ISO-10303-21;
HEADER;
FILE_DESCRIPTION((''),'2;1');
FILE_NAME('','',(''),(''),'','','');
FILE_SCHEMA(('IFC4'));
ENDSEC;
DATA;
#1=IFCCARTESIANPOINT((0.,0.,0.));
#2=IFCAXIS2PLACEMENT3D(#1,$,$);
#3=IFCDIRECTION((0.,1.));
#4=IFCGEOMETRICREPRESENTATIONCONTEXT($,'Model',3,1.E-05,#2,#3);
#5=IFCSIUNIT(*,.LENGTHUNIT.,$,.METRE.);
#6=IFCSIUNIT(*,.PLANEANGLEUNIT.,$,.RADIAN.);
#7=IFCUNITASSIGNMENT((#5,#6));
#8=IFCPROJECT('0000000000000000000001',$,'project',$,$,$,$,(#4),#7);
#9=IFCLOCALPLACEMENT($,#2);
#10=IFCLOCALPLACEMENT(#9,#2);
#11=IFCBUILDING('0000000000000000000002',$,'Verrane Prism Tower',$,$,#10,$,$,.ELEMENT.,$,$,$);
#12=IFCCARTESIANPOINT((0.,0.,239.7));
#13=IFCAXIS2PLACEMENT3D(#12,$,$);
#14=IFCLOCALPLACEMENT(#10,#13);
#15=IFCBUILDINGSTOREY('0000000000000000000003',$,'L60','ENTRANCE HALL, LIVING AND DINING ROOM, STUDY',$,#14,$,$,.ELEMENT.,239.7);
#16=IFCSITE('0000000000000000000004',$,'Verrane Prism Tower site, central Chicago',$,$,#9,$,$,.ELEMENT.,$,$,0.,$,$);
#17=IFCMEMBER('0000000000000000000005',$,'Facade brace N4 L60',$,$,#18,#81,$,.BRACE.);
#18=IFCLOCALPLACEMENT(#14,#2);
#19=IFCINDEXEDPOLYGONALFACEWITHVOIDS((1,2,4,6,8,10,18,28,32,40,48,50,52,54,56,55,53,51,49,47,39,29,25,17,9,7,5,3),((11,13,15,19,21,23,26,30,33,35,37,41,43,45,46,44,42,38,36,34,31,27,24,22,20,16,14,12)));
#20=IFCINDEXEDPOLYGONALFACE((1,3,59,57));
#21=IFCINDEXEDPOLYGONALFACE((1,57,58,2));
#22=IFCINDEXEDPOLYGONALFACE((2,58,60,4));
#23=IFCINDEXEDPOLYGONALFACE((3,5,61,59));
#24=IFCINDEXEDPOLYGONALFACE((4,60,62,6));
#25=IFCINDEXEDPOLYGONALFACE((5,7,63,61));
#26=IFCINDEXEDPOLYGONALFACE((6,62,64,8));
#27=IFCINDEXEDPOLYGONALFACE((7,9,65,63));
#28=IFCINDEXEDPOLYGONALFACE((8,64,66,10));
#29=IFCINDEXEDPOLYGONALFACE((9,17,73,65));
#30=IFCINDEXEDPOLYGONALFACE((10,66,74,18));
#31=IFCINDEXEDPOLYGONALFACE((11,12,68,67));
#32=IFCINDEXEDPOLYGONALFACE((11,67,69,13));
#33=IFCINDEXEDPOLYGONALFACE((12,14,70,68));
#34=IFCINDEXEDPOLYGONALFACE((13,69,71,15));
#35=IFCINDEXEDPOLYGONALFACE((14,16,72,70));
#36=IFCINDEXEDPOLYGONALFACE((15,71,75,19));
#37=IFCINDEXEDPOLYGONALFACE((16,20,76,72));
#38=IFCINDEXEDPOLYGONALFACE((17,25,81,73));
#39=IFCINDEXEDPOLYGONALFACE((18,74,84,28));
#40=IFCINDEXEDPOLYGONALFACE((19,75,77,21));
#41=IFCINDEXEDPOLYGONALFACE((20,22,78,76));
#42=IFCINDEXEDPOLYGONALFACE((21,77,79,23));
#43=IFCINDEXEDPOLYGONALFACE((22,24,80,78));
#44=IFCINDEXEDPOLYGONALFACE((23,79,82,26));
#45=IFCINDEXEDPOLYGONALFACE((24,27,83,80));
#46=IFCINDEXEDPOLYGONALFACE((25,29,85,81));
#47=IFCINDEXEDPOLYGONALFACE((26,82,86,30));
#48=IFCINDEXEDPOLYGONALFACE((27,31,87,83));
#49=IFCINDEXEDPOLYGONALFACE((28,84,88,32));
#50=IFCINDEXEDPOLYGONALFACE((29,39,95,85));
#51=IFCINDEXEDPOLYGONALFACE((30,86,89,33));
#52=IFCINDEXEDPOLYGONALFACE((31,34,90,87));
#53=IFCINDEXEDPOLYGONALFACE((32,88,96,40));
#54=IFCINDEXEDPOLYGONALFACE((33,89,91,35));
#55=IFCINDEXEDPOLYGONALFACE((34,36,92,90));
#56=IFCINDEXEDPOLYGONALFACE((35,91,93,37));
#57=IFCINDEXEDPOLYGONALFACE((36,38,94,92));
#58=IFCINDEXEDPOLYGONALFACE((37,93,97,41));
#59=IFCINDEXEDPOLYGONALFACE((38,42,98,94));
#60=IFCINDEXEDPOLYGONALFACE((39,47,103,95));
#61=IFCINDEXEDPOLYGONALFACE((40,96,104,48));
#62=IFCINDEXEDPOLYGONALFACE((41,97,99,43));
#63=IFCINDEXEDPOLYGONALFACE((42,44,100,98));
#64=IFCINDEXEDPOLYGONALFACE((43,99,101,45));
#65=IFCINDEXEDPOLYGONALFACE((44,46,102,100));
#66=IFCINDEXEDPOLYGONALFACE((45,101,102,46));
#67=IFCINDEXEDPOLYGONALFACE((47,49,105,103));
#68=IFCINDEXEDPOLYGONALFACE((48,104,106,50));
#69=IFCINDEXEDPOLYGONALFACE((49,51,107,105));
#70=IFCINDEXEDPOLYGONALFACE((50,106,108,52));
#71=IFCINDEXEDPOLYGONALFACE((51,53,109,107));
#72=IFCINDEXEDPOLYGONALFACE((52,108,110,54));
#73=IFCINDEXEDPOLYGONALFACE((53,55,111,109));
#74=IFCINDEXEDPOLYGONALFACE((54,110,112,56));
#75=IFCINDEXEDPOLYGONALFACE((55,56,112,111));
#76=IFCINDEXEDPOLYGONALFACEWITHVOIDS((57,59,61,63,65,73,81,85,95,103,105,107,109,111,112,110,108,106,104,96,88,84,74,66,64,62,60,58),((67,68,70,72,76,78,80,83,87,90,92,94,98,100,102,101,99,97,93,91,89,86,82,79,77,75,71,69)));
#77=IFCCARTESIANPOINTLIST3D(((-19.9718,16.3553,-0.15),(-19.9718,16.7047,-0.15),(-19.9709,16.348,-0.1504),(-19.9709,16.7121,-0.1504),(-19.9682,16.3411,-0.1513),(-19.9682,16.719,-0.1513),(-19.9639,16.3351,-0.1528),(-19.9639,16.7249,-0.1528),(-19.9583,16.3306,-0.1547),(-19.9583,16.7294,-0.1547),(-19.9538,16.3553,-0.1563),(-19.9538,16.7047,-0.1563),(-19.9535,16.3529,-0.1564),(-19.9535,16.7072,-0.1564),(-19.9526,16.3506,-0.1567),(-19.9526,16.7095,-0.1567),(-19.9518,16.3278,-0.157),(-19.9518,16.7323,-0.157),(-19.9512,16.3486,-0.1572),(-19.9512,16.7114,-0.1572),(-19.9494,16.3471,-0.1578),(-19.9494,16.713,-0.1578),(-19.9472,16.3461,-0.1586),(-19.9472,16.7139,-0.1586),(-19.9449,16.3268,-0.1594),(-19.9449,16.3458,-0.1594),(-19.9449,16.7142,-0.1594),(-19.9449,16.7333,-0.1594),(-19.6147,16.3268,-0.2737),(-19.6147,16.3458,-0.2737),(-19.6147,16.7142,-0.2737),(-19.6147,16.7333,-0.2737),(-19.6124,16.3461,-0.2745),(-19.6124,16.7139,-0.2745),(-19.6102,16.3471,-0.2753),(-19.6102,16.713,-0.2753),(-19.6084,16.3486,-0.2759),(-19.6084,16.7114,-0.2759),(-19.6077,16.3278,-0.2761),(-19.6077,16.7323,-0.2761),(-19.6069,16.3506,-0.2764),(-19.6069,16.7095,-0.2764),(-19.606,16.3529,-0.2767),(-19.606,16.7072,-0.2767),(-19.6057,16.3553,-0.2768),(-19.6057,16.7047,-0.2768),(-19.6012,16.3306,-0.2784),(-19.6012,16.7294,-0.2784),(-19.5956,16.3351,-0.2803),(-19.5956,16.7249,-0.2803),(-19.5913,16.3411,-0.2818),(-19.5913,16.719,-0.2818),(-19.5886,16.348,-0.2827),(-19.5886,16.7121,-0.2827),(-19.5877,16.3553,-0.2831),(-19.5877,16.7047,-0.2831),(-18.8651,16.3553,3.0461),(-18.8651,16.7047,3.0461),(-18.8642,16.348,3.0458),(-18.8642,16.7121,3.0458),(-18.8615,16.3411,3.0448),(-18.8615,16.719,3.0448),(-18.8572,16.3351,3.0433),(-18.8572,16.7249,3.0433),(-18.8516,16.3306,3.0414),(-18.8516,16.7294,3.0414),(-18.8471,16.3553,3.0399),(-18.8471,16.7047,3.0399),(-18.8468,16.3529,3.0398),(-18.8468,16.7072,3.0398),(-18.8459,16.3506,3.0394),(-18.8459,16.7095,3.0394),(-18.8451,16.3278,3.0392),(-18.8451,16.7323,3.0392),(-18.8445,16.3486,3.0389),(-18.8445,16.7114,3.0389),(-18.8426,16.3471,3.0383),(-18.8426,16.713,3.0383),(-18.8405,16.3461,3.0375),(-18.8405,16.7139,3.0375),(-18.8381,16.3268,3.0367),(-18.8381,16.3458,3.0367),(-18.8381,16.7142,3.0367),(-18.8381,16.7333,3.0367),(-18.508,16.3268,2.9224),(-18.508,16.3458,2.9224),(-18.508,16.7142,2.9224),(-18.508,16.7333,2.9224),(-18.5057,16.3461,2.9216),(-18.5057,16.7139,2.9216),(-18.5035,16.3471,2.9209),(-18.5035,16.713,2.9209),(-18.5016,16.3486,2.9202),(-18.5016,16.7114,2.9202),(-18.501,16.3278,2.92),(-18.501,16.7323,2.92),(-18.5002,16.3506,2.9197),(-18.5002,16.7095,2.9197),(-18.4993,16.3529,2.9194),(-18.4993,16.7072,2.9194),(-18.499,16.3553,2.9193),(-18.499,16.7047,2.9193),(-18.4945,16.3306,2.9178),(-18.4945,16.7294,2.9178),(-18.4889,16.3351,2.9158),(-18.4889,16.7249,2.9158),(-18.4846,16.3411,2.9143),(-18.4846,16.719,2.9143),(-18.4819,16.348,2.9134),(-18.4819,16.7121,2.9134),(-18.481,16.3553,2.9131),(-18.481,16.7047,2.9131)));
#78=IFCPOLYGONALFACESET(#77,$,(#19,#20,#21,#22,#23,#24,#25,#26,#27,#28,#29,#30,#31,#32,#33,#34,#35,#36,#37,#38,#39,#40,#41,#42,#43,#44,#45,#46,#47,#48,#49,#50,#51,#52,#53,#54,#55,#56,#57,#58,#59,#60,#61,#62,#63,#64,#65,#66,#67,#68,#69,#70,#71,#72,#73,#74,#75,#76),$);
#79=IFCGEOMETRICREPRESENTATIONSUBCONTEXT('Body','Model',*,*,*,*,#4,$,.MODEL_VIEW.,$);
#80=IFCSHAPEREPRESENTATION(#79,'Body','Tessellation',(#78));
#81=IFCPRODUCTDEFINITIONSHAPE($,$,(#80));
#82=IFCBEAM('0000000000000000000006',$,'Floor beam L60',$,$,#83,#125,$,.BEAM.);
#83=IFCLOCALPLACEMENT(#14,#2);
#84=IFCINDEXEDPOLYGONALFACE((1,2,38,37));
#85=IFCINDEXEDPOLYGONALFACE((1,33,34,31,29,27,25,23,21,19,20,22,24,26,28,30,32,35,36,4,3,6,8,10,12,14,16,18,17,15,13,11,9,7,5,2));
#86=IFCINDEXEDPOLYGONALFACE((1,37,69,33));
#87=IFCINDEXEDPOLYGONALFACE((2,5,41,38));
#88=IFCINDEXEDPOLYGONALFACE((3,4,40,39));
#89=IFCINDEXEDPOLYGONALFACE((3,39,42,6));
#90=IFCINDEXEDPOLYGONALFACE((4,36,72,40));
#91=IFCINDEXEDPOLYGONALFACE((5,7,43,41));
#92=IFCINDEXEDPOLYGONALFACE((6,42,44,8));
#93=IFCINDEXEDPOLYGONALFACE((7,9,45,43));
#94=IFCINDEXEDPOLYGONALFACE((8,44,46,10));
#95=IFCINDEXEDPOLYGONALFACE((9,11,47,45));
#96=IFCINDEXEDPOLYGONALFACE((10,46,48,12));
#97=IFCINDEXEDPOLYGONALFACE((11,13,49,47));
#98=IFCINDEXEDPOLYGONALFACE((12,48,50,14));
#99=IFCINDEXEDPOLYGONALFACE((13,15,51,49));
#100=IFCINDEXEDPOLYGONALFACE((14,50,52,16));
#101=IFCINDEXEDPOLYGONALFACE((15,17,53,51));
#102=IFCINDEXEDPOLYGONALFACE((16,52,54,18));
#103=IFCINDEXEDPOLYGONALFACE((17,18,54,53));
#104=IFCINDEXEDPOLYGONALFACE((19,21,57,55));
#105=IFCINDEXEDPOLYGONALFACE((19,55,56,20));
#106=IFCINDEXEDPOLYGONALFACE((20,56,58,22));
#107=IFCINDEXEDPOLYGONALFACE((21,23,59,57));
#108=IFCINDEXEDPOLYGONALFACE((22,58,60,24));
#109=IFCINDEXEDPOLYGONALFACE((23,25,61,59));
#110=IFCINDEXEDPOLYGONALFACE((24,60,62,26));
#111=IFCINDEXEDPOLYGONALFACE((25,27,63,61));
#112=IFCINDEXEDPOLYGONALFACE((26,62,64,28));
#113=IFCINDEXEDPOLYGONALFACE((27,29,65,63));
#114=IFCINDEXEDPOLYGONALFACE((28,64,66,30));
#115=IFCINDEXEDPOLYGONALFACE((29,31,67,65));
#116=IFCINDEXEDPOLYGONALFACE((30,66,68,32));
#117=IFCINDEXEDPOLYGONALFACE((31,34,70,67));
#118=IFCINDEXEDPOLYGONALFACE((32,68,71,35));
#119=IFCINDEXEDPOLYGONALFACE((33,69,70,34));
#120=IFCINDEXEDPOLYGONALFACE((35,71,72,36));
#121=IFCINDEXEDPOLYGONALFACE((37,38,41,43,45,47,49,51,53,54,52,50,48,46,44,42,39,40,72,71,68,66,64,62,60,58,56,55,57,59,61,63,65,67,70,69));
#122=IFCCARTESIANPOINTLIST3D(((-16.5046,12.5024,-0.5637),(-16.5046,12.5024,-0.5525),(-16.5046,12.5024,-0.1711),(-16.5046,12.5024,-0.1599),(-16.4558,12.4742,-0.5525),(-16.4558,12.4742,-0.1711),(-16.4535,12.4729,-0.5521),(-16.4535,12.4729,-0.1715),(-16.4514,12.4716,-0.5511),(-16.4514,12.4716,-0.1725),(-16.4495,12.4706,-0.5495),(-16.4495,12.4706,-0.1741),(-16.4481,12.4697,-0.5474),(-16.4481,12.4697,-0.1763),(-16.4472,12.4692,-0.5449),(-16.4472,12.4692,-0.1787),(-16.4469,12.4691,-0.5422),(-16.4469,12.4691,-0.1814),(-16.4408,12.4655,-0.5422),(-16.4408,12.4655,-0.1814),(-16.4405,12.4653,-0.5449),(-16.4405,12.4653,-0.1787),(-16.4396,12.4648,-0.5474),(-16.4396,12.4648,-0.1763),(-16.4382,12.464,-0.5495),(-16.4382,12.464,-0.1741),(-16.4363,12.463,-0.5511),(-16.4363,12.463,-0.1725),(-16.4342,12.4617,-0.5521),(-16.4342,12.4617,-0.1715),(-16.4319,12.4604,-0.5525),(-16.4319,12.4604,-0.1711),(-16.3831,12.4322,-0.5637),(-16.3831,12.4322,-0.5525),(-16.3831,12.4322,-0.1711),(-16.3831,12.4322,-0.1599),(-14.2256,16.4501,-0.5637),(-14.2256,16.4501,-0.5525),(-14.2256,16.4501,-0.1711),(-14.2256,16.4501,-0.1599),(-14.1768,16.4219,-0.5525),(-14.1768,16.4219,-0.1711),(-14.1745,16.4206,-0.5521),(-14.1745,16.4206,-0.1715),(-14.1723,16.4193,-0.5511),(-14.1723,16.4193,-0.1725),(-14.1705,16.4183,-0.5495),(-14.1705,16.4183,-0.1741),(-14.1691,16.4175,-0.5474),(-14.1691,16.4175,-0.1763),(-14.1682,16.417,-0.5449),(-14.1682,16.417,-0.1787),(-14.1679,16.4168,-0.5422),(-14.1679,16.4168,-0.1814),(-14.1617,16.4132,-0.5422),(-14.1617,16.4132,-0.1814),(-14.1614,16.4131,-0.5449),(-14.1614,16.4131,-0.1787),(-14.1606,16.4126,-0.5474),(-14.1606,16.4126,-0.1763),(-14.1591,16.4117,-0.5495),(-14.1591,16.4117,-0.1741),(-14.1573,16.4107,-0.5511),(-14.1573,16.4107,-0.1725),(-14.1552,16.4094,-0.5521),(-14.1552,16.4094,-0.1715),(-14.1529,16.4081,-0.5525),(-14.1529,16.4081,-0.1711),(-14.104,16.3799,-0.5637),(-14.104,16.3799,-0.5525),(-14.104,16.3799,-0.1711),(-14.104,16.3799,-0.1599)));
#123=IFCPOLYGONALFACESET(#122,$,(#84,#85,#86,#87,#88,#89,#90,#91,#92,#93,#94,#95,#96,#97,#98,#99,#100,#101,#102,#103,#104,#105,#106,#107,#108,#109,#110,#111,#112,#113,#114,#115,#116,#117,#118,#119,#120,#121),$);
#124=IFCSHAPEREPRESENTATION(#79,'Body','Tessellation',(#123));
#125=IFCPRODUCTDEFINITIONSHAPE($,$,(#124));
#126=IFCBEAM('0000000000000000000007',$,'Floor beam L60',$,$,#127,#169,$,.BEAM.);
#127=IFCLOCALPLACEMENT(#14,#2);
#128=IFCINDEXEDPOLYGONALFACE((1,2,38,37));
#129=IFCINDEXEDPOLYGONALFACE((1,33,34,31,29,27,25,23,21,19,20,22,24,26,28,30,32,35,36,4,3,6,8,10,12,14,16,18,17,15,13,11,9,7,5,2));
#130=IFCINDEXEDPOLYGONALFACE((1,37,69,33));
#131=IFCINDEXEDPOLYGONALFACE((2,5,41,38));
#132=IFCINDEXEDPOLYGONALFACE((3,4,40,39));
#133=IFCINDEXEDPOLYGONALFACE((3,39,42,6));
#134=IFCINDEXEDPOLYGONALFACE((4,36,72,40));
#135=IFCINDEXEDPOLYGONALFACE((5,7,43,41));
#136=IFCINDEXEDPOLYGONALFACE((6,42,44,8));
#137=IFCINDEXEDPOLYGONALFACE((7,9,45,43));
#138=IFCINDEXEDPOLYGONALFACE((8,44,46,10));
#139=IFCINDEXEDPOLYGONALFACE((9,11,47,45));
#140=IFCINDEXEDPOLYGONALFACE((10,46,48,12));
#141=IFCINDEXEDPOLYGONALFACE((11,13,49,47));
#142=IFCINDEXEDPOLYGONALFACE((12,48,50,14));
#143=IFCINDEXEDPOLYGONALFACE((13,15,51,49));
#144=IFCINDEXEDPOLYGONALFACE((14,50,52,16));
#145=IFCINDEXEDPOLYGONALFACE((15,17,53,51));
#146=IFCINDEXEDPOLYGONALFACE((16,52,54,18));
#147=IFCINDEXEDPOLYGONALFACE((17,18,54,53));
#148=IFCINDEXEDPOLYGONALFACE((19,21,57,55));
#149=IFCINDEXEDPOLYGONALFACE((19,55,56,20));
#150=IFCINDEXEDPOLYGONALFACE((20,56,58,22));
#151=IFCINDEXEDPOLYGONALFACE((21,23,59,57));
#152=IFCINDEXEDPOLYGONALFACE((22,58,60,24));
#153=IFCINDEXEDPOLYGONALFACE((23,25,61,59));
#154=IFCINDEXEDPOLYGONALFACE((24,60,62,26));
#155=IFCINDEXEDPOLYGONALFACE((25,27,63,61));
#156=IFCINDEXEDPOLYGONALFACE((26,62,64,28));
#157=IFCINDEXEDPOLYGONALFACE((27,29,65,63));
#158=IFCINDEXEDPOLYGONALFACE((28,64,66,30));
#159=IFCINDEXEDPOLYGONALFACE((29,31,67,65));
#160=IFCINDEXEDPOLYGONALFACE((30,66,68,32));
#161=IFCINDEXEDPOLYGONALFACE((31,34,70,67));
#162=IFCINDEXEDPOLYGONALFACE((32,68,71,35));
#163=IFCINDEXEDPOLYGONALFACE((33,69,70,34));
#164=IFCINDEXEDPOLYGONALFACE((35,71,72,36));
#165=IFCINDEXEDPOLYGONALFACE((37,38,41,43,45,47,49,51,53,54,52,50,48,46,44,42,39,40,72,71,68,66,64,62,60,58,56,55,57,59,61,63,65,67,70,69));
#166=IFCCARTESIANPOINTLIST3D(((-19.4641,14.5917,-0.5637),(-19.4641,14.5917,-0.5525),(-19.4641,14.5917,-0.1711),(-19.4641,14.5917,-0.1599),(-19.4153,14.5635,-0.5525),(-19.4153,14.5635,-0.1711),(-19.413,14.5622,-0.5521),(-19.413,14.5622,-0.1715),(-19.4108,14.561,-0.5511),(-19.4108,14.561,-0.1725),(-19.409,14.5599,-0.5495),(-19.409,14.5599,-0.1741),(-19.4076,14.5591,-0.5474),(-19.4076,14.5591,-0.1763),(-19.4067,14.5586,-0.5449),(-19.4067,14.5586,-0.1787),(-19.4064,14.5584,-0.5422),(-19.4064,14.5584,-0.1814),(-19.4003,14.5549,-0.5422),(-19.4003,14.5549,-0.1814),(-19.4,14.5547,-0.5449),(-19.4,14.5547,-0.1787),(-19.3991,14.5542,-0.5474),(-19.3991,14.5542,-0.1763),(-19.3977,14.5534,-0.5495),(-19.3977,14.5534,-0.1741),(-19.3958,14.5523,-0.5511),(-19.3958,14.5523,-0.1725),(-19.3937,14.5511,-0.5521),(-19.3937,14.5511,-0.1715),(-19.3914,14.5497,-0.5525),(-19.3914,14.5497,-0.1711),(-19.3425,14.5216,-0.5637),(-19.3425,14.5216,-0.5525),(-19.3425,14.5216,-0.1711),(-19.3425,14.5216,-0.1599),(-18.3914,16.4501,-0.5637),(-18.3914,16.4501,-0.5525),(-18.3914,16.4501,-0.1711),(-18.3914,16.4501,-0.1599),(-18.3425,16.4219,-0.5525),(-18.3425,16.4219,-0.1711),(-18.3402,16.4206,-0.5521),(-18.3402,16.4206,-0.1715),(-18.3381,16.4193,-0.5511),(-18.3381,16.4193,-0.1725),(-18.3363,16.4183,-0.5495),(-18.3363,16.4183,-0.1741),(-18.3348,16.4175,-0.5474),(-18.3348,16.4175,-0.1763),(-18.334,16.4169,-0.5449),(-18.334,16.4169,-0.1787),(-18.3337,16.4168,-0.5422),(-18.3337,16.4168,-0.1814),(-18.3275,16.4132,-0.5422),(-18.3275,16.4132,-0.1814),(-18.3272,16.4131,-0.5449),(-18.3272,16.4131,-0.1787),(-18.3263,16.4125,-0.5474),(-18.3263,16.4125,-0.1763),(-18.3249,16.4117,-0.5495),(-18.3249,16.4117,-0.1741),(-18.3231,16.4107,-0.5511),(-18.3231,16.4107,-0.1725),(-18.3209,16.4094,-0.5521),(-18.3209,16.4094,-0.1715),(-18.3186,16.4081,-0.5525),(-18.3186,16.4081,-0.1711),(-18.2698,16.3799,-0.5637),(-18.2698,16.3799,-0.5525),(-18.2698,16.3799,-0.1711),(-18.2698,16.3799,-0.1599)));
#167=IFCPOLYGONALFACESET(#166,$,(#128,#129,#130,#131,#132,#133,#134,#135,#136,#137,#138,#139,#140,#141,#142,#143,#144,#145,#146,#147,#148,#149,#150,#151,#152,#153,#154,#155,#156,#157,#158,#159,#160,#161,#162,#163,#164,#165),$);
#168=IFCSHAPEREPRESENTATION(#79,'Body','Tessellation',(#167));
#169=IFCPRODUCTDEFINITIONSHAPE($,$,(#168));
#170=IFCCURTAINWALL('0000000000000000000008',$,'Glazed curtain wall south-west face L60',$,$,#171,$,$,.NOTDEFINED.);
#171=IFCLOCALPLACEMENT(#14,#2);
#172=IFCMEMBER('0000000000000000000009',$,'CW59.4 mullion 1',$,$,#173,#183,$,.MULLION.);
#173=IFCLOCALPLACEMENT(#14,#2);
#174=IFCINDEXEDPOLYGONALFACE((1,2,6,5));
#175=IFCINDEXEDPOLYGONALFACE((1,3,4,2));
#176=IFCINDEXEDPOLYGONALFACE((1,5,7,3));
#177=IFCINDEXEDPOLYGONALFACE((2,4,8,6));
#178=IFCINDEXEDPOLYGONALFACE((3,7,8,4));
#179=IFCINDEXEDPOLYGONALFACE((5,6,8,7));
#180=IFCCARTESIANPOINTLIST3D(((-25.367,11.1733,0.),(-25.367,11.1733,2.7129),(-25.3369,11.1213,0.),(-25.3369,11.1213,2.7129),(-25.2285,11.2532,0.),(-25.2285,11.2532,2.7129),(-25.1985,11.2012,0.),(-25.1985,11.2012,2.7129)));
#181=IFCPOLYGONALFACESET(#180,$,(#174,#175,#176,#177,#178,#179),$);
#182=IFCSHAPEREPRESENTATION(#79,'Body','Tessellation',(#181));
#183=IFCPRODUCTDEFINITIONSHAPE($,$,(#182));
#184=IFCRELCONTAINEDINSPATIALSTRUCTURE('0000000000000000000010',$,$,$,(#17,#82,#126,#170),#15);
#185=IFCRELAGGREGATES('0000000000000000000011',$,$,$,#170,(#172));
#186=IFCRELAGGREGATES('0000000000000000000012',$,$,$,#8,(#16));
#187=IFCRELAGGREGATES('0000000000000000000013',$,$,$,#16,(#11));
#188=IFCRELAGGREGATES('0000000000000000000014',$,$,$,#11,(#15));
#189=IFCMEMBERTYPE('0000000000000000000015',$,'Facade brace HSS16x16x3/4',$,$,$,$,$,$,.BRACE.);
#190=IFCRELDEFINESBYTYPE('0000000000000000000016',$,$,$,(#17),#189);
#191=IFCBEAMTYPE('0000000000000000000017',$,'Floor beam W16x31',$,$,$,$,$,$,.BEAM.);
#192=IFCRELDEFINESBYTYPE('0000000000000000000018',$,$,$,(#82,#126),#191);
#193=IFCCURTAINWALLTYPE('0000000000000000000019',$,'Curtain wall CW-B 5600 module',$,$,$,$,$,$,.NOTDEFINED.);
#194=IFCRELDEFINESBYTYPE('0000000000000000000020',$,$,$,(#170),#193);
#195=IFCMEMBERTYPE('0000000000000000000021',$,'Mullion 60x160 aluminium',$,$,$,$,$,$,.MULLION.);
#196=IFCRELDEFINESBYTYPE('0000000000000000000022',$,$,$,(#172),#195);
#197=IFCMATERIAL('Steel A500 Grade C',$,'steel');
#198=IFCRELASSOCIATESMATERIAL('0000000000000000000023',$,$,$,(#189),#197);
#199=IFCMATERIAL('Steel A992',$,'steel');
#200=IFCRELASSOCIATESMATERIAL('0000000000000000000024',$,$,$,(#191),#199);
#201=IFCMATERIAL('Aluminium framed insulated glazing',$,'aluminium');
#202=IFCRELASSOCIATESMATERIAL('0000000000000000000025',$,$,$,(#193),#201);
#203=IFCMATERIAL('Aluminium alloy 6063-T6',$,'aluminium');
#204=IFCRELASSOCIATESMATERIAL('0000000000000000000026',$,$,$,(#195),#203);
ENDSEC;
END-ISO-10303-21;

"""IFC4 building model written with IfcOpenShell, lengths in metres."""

from ifc_helpers import new_model, si_unit, direction, frame, origin, origin_2d, place, context, subcontext, project, spatial, rectangle, hollow_rectangle, i_section, extrude, material, material_profile, profile_set, type_object, element, aggregate, save


model = new_model("IFC4")

# Units and contexts
model_context = context("Model", 3, precision=1e-05, world=origin(), true_north=direction((0.0, 1.0)))
body_context = subcontext(model_context, "Body", "Model", "MODEL_VIEW")
ifc_project = project(units=[si_unit("LENGTHUNIT", "METRE"), si_unit("PLANEANGLEUNIT", "RADIAN")], contexts=[model_context])

# Site, building, storey
site_placement = place(None, origin())
site = spatial("IfcSite", under=ifc_project, at=site_placement, Name="Verrane Prism Tower site, central Chicago", CompositionType="ELEMENT", RefElevation=0.0)
building_placement = place(site_placement, origin())
building = spatial("IfcBuilding", under=site, at=building_placement, Name="Verrane Prism Tower", CompositionType="ELEMENT")
storey_placement = place(building_placement, frame((0.0, 0.0, 239.7)))
storey = spatial("IfcBuildingStorey", under=building, at=storey_placement, Name="L60", Description="ENTRANCE HALL, LIVING AND DINING ROOM, STUDY", CompositionType="ELEMENT", Elevation=239.7)

# Member
ifc_material_1 = material(Name="Steel A500 Grade C", Category="steel")
ifc_material_profile_1 = material_profile(ifc_material_1, hollow_rectangle(XDim=0.4065, YDim=0.4065, WallThickness=0.019, InnerFilletRadius=0.0095, OuterFilletRadius=0.0286, at=origin_2d()), Name="HSS16x16x3/4")
ifc_profile_set_1 = profile_set([ifc_material_profile_1], Name="Steel A500 Grade C")
member_type_1 = type_object("IfcMemberType", Name="Facade brace HSS16x16x3/4", PredefinedType="BRACE", material=ifc_profile_set_1)
member_1_placement = place(storey_placement, frame((-19.7798, 16.53, -0.2166), z_axis=(0.327207, 0.0, 0.944953), x_axis=(0.0, 1.0, 0.0)))
element("IfcMember", 1, at=member_1_placement, inside=storey, type_object=member_type_1, Name="Facade brace N4 L60", PredefinedType="BRACE", context=body_context, shape_type="SweptSolid", body=[
    extrude(hollow_rectangle(XDim=0.4065, YDim=0.4065, WallThickness=0.019, InnerFilletRadius=0.0095, OuterFilletRadius=0.0286, at=origin_2d()), origin(), (0.0, 0.0, 1.0), 3.3823),
])

# Beams
ifc_material_2 = material(Name="Steel A992", Category="steel")
ifc_material_profile_2 = material_profile(ifc_material_2, i_section(OverallWidth=0.1404, OverallDepth=0.4038, WebThickness=0.0071, FlangeThickness=0.0112, FilletRadius=0.0103, at=origin_2d()), Name="W16x31")
ifc_profile_set_2 = profile_set([ifc_material_profile_2], Name="Steel A992")
beam_type_1 = type_object("IfcBeamType", Name="Floor beam W16x31", PredefinedType="BEAM", material=ifc_profile_set_2)
beam_1_placement = place(storey_placement, frame((-16.4438, 12.4673, -0.3618), z_axis=(0.49997, 0.866043, 0.0), x_axis=(-0.866043, 0.49997, 0.0)))
element("IfcBeam", 2, at=beam_1_placement, inside=storey, type_object=beam_type_1, Name="Floor beam L60", PredefinedType="BEAM", context=body_context, shape_type="SweptSolid", body=[
    extrude(i_section(OverallWidth=0.1404, OverallDepth=0.4038, WebThickness=0.0071, FlangeThickness=0.0112, FilletRadius=0.0103, at=origin_2d()), origin(), (0.0, 0.0, 1.0), 4.5583),
])
beam_2_placement = place(storey_placement, frame((-19.4033, 14.5566, -0.3618), z_axis=(0.499933, 0.866064, 0.0), x_axis=(-0.866064, 0.499933, 0.0)))
element("IfcBeam", 3, at=beam_2_placement, inside=storey, type_object=beam_type_1, Name="Floor beam L60", PredefinedType="BEAM", context=body_context, shape_type="SweptSolid", body=[
    extrude(i_section(OverallWidth=0.1404, OverallDepth=0.4038, WebThickness=0.0071, FlangeThickness=0.0112, FilletRadius=0.0103, at=origin_2d()), origin(), (0.0, 0.0, 1.0), 2.1458),
])

# Curtain wall, member
ifc_material_3 = material(Name="Aluminium framed insulated glazing", Category="aluminium")
curtain_wall_type_1 = type_object("IfcCurtainWallType", Name="Curtain wall CW-B 5600 module", PredefinedType="NOTDEFINED", material=ifc_material_3)
curtain_wall_1_placement = place(storey_placement, origin())
curtain_wall_1 = element("IfcCurtainWall", 4, at=curtain_wall_1_placement, inside=storey, type_object=curtain_wall_type_1, Name="Glazed curtain wall south-west face L60", PredefinedType="NOTDEFINED")
ifc_material_4 = material(Name="Aluminium alloy 6063-T6", Category="aluminium")
ifc_material_profile_3 = material_profile(ifc_material_4, rectangle(XDim=0.1599, YDim=0.0601, at=origin_2d()), Name="Mullion 60x160 aluminium")
ifc_profile_set_3 = profile_set([ifc_material_profile_3], Name="Aluminium alloy 6063-T6")
member_type_2 = type_object("IfcMemberType", Name="Mullion 60x160 aluminium", PredefinedType="MULLION", material=ifc_profile_set_3)
member_2_placement = place(storey_placement, frame((-25.2827, 11.1873, 0.0), z_axis=(0.0, 0.0, 1.0), x_axis=(0.866026, 0.499999, 0.0)))
member_2 = element("IfcMember", 5, at=member_2_placement, type_object=member_type_2, Name="CW59.4 mullion 1", PredefinedType="MULLION", context=body_context, shape_type="SweptSolid", body=[
    extrude(rectangle(XDim=0.1599, YDim=0.0601, at=origin_2d()), origin(), (0.0, 0.0, 1.0), 2.7129),
])

aggregate(curtain_wall_1, [member_2])

save(model, "model.ifc")
